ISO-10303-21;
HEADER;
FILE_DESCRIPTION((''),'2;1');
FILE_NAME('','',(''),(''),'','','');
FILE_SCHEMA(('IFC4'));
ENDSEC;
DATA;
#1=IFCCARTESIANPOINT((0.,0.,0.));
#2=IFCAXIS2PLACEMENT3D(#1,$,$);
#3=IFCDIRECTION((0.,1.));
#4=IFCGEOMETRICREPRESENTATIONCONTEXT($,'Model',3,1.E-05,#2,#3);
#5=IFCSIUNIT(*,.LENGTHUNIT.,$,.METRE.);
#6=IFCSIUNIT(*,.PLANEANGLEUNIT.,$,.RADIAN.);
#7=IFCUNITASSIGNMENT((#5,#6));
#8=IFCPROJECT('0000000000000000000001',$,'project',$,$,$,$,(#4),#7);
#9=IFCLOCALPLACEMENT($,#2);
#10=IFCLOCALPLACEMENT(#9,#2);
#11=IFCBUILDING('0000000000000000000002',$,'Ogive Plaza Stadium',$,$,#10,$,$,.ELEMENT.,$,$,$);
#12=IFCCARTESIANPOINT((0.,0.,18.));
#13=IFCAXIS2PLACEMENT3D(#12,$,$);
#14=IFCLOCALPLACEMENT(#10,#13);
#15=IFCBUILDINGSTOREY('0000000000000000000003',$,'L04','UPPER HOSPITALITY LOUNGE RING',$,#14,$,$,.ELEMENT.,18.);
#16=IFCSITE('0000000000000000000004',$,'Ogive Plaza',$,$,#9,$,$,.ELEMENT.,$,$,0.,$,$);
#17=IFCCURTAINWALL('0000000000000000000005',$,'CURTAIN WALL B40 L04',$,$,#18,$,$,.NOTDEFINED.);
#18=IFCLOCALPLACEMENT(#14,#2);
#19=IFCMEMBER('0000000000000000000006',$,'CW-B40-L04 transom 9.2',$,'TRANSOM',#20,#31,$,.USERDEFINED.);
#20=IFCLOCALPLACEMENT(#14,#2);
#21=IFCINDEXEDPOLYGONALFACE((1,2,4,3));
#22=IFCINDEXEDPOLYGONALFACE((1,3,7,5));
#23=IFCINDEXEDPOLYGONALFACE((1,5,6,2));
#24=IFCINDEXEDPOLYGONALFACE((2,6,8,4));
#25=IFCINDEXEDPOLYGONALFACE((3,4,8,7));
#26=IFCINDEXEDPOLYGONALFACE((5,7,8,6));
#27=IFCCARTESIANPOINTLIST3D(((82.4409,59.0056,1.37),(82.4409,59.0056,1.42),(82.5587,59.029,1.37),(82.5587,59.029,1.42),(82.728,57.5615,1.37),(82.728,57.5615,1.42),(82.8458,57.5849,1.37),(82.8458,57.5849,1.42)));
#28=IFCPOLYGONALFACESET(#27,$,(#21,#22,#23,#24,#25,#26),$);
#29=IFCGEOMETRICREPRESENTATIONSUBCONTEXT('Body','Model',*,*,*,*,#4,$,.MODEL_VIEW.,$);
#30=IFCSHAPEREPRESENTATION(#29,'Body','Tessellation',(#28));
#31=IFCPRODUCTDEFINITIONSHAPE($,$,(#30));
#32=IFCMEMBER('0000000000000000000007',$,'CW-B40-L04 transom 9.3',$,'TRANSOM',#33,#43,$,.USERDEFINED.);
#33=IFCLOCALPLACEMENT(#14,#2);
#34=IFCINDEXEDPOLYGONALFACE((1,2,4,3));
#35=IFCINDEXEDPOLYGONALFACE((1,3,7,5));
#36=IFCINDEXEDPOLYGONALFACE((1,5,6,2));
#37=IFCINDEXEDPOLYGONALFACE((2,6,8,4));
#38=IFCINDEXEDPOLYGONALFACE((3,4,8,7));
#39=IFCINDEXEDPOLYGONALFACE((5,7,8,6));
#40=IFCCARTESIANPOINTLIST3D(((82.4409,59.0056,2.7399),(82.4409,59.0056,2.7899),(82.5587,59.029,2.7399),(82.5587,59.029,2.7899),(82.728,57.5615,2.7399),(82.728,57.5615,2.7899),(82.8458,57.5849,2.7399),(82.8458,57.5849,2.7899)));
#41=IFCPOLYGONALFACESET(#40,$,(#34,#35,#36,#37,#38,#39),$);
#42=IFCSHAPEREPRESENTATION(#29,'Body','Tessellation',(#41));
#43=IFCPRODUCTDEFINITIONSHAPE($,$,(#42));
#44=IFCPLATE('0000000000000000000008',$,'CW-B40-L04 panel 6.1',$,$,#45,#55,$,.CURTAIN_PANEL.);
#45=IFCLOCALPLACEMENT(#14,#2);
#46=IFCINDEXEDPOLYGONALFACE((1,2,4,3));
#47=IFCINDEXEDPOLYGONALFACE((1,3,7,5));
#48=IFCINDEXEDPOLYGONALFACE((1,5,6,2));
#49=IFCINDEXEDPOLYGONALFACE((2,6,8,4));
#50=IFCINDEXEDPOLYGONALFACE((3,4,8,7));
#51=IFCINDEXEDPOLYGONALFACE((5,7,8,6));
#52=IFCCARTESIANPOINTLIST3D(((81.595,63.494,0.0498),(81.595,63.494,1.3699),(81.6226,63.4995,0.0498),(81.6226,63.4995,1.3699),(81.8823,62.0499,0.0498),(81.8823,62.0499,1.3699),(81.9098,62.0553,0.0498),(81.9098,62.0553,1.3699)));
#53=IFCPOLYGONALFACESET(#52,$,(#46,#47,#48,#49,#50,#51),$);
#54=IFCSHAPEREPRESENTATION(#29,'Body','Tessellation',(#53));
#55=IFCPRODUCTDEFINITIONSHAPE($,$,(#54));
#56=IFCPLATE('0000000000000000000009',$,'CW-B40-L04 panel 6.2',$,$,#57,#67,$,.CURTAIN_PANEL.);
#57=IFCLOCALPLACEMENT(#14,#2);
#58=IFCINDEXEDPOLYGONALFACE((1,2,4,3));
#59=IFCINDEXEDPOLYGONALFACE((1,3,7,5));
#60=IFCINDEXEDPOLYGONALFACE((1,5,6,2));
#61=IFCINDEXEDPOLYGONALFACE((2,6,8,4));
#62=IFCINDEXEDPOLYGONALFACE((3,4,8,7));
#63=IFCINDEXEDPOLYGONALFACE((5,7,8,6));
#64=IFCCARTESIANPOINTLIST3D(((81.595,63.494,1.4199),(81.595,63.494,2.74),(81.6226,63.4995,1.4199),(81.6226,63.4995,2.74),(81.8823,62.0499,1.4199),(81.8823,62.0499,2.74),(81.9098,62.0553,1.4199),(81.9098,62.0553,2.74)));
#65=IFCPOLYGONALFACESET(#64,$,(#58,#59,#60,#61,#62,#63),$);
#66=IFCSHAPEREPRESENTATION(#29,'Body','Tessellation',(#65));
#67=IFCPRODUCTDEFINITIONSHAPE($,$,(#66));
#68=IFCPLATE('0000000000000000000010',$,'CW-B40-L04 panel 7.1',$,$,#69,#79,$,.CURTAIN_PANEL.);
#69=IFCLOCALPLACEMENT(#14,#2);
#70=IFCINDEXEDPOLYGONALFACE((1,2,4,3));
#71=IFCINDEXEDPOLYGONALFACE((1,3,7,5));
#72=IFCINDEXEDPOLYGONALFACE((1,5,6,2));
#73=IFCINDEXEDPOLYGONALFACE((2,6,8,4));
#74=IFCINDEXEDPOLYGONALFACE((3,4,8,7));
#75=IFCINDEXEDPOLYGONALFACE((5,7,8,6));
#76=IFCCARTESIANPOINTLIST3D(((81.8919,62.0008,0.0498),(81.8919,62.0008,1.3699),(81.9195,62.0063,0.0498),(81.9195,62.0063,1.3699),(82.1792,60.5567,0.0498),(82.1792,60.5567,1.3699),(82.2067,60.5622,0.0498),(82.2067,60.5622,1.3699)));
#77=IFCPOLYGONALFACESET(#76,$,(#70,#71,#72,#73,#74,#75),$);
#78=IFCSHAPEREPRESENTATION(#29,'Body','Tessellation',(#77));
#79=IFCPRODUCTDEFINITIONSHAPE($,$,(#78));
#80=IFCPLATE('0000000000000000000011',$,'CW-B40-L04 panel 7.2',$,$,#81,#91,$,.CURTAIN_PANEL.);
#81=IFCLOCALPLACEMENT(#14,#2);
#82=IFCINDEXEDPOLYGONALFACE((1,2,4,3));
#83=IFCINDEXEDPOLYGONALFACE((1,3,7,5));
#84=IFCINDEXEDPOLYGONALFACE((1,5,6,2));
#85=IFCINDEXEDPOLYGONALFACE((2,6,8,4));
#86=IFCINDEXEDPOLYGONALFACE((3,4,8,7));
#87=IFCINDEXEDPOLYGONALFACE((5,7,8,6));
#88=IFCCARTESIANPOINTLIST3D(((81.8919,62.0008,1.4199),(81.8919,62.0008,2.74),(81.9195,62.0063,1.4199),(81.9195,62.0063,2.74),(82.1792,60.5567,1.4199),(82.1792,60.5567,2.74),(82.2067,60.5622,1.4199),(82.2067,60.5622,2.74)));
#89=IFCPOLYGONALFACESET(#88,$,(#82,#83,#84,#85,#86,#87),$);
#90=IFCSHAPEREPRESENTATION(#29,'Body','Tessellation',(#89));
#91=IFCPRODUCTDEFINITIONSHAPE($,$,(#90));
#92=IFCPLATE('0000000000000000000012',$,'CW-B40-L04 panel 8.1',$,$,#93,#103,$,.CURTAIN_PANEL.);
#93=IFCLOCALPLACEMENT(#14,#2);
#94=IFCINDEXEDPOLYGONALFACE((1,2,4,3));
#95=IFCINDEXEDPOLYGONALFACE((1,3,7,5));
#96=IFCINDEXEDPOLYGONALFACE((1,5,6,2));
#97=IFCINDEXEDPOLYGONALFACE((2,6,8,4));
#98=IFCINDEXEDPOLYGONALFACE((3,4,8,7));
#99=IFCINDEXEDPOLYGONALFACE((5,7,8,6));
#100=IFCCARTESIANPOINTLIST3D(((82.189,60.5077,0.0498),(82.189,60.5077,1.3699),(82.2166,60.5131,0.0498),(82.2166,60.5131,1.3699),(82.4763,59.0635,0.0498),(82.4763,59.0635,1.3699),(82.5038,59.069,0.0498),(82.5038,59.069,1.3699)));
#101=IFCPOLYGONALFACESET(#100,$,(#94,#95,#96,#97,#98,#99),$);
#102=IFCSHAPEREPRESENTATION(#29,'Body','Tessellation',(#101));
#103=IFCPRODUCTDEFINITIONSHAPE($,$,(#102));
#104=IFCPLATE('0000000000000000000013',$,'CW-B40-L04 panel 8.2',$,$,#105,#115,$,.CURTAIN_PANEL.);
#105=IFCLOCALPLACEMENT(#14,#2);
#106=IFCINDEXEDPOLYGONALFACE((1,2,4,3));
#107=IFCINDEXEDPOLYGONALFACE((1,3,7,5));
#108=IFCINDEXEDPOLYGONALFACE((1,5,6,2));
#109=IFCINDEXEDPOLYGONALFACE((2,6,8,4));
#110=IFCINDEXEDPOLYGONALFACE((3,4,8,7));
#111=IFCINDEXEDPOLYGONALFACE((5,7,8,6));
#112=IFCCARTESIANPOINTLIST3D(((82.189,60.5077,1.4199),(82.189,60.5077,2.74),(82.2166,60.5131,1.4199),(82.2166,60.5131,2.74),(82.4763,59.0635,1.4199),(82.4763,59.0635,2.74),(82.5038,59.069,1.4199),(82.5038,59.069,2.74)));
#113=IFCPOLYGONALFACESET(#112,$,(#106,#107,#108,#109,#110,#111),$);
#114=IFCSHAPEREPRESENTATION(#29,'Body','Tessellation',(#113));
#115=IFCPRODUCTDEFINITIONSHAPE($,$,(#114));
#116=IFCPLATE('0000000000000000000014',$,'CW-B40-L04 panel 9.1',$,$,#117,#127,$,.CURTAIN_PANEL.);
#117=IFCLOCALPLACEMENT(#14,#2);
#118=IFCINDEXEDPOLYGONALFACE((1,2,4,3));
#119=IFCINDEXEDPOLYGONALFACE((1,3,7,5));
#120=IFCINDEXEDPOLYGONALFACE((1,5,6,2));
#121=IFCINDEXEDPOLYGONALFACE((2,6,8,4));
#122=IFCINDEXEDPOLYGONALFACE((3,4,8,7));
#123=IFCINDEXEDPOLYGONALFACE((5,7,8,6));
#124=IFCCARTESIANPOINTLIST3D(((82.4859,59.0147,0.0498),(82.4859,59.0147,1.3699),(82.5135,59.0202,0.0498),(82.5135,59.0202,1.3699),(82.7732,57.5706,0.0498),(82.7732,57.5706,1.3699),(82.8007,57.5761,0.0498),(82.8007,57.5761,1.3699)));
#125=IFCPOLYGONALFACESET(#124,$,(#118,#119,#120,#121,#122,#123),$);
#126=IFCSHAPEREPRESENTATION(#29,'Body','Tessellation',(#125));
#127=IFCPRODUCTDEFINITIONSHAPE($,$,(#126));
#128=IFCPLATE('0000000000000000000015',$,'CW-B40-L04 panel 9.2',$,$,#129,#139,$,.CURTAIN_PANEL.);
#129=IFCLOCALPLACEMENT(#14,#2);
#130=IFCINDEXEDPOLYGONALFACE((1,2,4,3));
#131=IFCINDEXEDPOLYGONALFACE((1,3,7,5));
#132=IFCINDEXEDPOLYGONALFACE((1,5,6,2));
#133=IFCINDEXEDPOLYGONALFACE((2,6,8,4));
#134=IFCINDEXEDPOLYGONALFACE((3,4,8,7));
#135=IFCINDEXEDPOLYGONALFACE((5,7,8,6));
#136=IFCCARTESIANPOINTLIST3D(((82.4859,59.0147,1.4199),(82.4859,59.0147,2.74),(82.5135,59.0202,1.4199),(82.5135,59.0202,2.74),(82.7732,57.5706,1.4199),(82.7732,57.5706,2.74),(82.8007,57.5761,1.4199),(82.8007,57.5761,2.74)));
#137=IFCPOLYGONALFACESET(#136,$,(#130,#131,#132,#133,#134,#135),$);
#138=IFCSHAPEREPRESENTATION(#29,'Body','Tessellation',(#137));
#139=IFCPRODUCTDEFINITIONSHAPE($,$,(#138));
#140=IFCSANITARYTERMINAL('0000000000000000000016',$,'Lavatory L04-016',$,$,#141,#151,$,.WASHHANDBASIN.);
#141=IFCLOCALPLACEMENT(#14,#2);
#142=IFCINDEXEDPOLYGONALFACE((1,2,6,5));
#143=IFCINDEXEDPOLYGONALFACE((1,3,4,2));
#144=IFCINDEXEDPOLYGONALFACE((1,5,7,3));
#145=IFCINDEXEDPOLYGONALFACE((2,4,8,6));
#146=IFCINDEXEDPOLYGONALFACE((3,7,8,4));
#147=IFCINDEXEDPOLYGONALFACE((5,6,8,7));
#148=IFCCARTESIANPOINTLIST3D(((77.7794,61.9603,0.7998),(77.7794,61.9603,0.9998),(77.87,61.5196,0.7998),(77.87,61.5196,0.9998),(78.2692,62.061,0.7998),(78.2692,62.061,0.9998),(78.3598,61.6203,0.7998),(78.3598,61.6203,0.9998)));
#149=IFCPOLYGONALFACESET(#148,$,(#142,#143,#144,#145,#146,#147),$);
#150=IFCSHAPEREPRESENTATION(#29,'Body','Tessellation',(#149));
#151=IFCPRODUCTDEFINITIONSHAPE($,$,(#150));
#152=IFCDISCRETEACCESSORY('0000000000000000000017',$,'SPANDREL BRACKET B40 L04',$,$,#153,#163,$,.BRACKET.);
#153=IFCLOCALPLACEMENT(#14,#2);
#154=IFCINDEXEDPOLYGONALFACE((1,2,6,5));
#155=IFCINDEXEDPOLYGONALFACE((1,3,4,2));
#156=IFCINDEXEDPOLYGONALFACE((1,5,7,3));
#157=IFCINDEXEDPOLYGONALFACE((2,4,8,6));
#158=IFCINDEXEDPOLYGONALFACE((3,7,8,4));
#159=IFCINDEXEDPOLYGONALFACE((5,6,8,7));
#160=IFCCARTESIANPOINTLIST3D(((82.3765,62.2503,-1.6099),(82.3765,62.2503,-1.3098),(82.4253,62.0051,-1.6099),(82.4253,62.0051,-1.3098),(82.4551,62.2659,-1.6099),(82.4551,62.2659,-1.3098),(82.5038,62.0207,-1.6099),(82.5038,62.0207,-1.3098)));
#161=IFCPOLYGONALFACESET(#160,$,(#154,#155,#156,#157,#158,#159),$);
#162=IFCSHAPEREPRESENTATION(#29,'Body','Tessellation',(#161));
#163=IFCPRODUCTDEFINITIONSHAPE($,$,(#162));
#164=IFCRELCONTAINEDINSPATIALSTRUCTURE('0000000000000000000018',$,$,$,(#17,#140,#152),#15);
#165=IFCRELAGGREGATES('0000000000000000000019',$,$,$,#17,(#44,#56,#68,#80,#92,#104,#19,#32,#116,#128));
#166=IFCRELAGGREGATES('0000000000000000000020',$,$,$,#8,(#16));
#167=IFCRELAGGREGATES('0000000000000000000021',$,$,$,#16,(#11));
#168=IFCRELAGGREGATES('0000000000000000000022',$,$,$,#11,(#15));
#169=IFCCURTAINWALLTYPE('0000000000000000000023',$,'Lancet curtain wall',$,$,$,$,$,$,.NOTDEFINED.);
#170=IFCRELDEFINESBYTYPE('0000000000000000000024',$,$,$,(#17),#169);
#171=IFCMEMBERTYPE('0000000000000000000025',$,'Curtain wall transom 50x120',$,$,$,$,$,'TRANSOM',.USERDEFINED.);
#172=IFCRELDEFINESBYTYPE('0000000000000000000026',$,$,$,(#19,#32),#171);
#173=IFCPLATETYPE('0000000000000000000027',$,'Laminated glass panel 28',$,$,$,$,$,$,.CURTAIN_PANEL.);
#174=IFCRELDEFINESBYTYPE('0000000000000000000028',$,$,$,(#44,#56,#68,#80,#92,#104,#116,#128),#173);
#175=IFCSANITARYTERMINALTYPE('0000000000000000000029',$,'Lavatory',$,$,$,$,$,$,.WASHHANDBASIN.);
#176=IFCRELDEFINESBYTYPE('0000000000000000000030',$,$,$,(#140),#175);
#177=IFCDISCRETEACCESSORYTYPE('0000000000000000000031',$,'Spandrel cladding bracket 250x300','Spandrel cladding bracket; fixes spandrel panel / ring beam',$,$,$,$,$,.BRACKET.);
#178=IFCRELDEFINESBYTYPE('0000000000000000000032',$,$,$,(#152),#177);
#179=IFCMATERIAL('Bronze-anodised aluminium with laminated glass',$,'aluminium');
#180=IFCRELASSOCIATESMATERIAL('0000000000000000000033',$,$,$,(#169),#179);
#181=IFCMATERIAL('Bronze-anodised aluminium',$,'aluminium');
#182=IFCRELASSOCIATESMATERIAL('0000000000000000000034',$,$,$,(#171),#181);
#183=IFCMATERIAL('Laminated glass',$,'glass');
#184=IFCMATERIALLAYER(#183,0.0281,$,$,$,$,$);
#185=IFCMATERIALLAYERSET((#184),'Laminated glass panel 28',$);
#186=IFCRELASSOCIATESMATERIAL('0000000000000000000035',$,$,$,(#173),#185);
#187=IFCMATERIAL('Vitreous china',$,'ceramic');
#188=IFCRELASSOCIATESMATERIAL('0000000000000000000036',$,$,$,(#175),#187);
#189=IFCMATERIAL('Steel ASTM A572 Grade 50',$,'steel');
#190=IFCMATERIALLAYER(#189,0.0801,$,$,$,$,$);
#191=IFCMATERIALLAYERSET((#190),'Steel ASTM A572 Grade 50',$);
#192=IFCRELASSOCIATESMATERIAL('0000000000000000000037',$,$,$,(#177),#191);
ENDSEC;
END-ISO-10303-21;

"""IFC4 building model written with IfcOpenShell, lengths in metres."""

from ifc_helpers import new_model, si_unit, direction, frame, origin, origin_2d, place, context, subcontext, project, spatial, rectangle, extrude, material, layer, layer_set, material_profile, profile_set, type_object, element, aggregate, save


model = new_model("IFC4")

# Units and contexts
model_context = context("Model", 3, precision=1e-05, world=origin(), true_north=direction((0.0, 1.0)))
body_context = subcontext(model_context, "Body", "Model", "MODEL_VIEW")
ifc_project = project(units=[si_unit("LENGTHUNIT", "METRE"), si_unit("PLANEANGLEUNIT", "RADIAN")], contexts=[model_context])

# Site, building, storey
site_placement = place(None, origin())
site = spatial("IfcSite", under=ifc_project, at=site_placement, Name="Ogive Plaza", CompositionType="ELEMENT", RefElevation=0.0)
building_placement = place(site_placement, origin())
building = spatial("IfcBuilding", under=site, at=building_placement, Name="Ogive Plaza Stadium", CompositionType="ELEMENT")
storey_placement = place(building_placement, frame((0.0, 0.0, 18.0)))
storey = spatial("IfcBuildingStorey", under=building, at=storey_placement, Name="L04", Description="UPPER HOSPITALITY LOUNGE RING", CompositionType="ELEMENT", Elevation=18.0)

# Curtain wall, members, plates
ifc_material_1 = material(Name="Bronze-anodised aluminium with laminated glass", Category="aluminium")
curtain_wall_type = type_object("IfcCurtainWallType", Name="Lancet curtain wall", PredefinedType="NOTDEFINED", material=ifc_material_1)
curtain_wall_placement = place(storey_placement, origin())
curtain_wall = element("IfcCurtainWall", 1, at=curtain_wall_placement, inside=storey, type_object=curtain_wall_type, Name="CURTAIN WALL B40 L04", PredefinedType="NOTDEFINED")
ifc_material_2 = material(Name="Bronze-anodised aluminium", Category="aluminium")
ifc_material_profile_1 = material_profile(ifc_material_2, rectangle(XDim=0.1201, YDim=0.05, at=origin_2d()), Name="AL 120x50")
ifc_profile_set_1 = profile_set([ifc_material_profile_1], Name="Bronze-anodised aluminium")
member_type_1 = type_object("IfcMemberType", Name="Curtain wall transom 50x120", ElementType="TRANSOM", PredefinedType="USERDEFINED", material=ifc_profile_set_1)
member_1_placement = place(storey_placement, frame((82.4998, 59.0173, 1.395), z_axis=(0.195, -0.980803, 0.0), x_axis=(0.980803, 0.195, 0.0)))
member_1 = element("IfcMember", 2, at=member_1_placement, type_object=member_type_1, Name="CW-B40-L04 transom 9.2", ObjectType="TRANSOM", PredefinedType="USERDEFINED", context=body_context, shape_type="SweptSolid", body=[
    extrude(rectangle(XDim=0.1201, YDim=0.05, at=origin_2d()), origin(), (0.0, 0.0, 1.0), 1.4724),
])
member_2_placement = place(storey_placement, frame((82.4998, 59.0173, 2.7649), z_axis=(0.195, -0.980803, 0.0), x_axis=(0.980803, 0.195, 0.0)))
member_2 = element("IfcMember", 3, at=member_2_placement, type_object=member_type_1, Name="CW-B40-L04 transom 9.3", ObjectType="TRANSOM", PredefinedType="USERDEFINED", context=body_context, shape_type="SweptSolid", body=[
    extrude(rectangle(XDim=0.1201, YDim=0.05, at=origin_2d()), origin(), (0.0, 0.0, 1.0), 1.4724),
])
ifc_material_3 = material(Name="Laminated glass", Category="glass")
ifc_layer_1 = layer(ifc_material_3, 0.0281)
ifc_layer_set_1 = layer_set([ifc_layer_1], Name="Laminated glass panel 28")
plate_type = type_object("IfcPlateType", Name="Laminated glass panel 28", PredefinedType="CURTAIN_PANEL", material=ifc_layer_set_1)
plate_1_placement = place(storey_placement, frame((81.7524, 62.7747, 0.0498), z_axis=(0.0, 0.0, 1.0), x_axis=(0.19509, -0.980785, 0.0)))
plate_1 = element("IfcPlate", 4, at=plate_1_placement, type_object=plate_type, Name="CW-B40-L04 panel 6.1", PredefinedType="CURTAIN_PANEL", context=body_context, shape_type="SweptSolid", body=[
    extrude(rectangle(XDim=1.4724, YDim=0.0281, at=origin_2d()), origin(), (0.0, 0.0, 1.0), 1.3201),
])
plate_2_placement = place(storey_placement, frame((81.7524, 62.7747, 1.4199), z_axis=(0.0, 0.0, 1.0), x_axis=(0.19509, -0.980785, 0.0)))
plate_2 = element("IfcPlate", 5, at=plate_2_placement, type_object=plate_type, Name="CW-B40-L04 panel 6.2", PredefinedType="CURTAIN_PANEL", context=body_context, shape_type="SweptSolid", body=[
    extrude(rectangle(XDim=1.4724, YDim=0.0281, at=origin_2d()), origin(), (0.0, 0.0, 1.0), 1.3201),
])
plate_3_placement = place(storey_placement, frame((82.0493, 61.2815, 0.0498), z_axis=(0.0, 0.0, 1.0), x_axis=(0.19509, -0.980785, 0.0)))
plate_3 = element("IfcPlate", 6, at=plate_3_placement, type_object=plate_type, Name="CW-B40-L04 panel 7.1", PredefinedType="CURTAIN_PANEL", context=body_context, shape_type="SweptSolid", body=[
    extrude(rectangle(XDim=1.4724, YDim=0.0281, at=origin_2d()), origin(), (0.0, 0.0, 1.0), 1.3201),
])
plate_4_placement = place(storey_placement, frame((82.0493, 61.2815, 1.4199), z_axis=(0.0, 0.0, 1.0), x_axis=(0.19509, -0.980785, 0.0)))
plate_4 = element("IfcPlate", 7, at=plate_4_placement, type_object=plate_type, Name="CW-B40-L04 panel 7.2", PredefinedType="CURTAIN_PANEL", context=body_context, shape_type="SweptSolid", body=[
    extrude(rectangle(XDim=1.4724, YDim=0.0281, at=origin_2d()), origin(), (0.0, 0.0, 1.0), 1.3201),
])
plate_5_placement = place(storey_placement, frame((82.3464, 59.7883, 0.0498), z_axis=(0.0, 0.0, 1.0), x_axis=(0.19509, -0.980785, 0.0)))
plate_5 = element("IfcPlate", 8, at=plate_5_placement, type_object=plate_type, Name="CW-B40-L04 panel 8.1", PredefinedType="CURTAIN_PANEL", context=body_context, shape_type="SweptSolid", body=[
    extrude(rectangle(XDim=1.4724, YDim=0.0281, at=origin_2d()), origin(), (0.0, 0.0, 1.0), 1.3201),
])
plate_6_placement = place(storey_placement, frame((82.3464, 59.7883, 1.4199), z_axis=(0.0, 0.0, 1.0), x_axis=(0.19509, -0.980785, 0.0)))
plate_6 = element("IfcPlate", 9, at=plate_6_placement, type_object=plate_type, Name="CW-B40-L04 panel 8.2", PredefinedType="CURTAIN_PANEL", context=body_context, shape_type="SweptSolid", body=[
    extrude(rectangle(XDim=1.4724, YDim=0.0281, at=origin_2d()), origin(), (0.0, 0.0, 1.0), 1.3201),
])
plate_7_placement = place(storey_placement, frame((82.6433, 58.2954, 0.0498), z_axis=(0.0, 0.0, 1.0), x_axis=(0.19509, -0.980785, 0.0)))
plate_7 = element("IfcPlate", 10, at=plate_7_placement, type_object=plate_type, Name="CW-B40-L04 panel 9.1", PredefinedType="CURTAIN_PANEL", context=body_context, shape_type="SweptSolid", body=[
    extrude(rectangle(XDim=1.4724, YDim=0.0281, at=origin_2d()), origin(), (0.0, 0.0, 1.0), 1.3201),
])
plate_8_placement = place(storey_placement, frame((82.6433, 58.2954, 1.4199), z_axis=(0.0, 0.0, 1.0), x_axis=(0.19509, -0.980785, 0.0)))
plate_8 = element("IfcPlate", 11, at=plate_8_placement, type_object=plate_type, Name="CW-B40-L04 panel 9.2", PredefinedType="CURTAIN_PANEL", context=body_context, shape_type="SweptSolid", body=[
    extrude(rectangle(XDim=1.4724, YDim=0.0281, at=origin_2d()), origin(), (0.0, 0.0, 1.0), 1.3201),
])
aggregate(curtain_wall, [plate_1, plate_2, plate_3, plate_4, plate_5, plate_6, member_1, member_2, plate_7, plate_8])

# Sanitary terminal
ifc_material_4 = material(Name="Vitreous china", Category="ceramic")
sanitary_terminal_type = type_object("IfcSanitaryTerminalType", Name="Lavatory", PredefinedType="WASHHANDBASIN", material=ifc_material_4)
sanitary_terminal_placement = place(storey_placement, frame((78.0696, 61.7903, 0.7998), z_axis=(0.0, 0.0, 1.0), x_axis=(-0.979512, -0.201384, 0.0)))
element("IfcSanitaryTerminal", 12, at=sanitary_terminal_placement, inside=storey, type_object=sanitary_terminal_type, Name="Lavatory L04-016", PredefinedType="WASHHANDBASIN", context=body_context, shape_type="SweptSolid", body=[
    extrude(rectangle(XDim=0.5, YDim=0.45, at=origin_2d()), origin(), (0.0, 0.0, 1.0), 0.2),
])

# Discrete accessory
ifc_material_5 = material(Name="Steel ASTM A572 Grade 50", Category="steel")
ifc_layer_2 = layer(ifc_material_5, 0.0801)
ifc_layer_set_2 = layer_set([ifc_layer_2], Name="Steel ASTM A572 Grade 50")
discrete_accessory_type = type_object("IfcDiscreteAccessoryType", Name="Spandrel cladding bracket 250x300", Description="Spandrel cladding bracket; fixes spandrel panel / ring beam", PredefinedType="BRACKET", material=ifc_layer_set_2)
discrete_accessory_placement = place(storey_placement, frame((82.4402, 62.1355, -1.6099), z_axis=(0.0, 0.0, 1.0), x_axis=(0.19509, -0.980785, 0.0)))
element("IfcDiscreteAccessory", 13, at=discrete_accessory_placement, inside=storey, type_object=discrete_accessory_type, Name="SPANDREL BRACKET B40 L04", PredefinedType="BRACKET", context=body_context, shape_type="SweptSolid", body=[
    extrude(rectangle(XDim=0.25, YDim=0.0801, at=origin_2d()), origin(), (0.0, 0.0, 1.0), 0.3),
])

save(model, "model.ifc")
